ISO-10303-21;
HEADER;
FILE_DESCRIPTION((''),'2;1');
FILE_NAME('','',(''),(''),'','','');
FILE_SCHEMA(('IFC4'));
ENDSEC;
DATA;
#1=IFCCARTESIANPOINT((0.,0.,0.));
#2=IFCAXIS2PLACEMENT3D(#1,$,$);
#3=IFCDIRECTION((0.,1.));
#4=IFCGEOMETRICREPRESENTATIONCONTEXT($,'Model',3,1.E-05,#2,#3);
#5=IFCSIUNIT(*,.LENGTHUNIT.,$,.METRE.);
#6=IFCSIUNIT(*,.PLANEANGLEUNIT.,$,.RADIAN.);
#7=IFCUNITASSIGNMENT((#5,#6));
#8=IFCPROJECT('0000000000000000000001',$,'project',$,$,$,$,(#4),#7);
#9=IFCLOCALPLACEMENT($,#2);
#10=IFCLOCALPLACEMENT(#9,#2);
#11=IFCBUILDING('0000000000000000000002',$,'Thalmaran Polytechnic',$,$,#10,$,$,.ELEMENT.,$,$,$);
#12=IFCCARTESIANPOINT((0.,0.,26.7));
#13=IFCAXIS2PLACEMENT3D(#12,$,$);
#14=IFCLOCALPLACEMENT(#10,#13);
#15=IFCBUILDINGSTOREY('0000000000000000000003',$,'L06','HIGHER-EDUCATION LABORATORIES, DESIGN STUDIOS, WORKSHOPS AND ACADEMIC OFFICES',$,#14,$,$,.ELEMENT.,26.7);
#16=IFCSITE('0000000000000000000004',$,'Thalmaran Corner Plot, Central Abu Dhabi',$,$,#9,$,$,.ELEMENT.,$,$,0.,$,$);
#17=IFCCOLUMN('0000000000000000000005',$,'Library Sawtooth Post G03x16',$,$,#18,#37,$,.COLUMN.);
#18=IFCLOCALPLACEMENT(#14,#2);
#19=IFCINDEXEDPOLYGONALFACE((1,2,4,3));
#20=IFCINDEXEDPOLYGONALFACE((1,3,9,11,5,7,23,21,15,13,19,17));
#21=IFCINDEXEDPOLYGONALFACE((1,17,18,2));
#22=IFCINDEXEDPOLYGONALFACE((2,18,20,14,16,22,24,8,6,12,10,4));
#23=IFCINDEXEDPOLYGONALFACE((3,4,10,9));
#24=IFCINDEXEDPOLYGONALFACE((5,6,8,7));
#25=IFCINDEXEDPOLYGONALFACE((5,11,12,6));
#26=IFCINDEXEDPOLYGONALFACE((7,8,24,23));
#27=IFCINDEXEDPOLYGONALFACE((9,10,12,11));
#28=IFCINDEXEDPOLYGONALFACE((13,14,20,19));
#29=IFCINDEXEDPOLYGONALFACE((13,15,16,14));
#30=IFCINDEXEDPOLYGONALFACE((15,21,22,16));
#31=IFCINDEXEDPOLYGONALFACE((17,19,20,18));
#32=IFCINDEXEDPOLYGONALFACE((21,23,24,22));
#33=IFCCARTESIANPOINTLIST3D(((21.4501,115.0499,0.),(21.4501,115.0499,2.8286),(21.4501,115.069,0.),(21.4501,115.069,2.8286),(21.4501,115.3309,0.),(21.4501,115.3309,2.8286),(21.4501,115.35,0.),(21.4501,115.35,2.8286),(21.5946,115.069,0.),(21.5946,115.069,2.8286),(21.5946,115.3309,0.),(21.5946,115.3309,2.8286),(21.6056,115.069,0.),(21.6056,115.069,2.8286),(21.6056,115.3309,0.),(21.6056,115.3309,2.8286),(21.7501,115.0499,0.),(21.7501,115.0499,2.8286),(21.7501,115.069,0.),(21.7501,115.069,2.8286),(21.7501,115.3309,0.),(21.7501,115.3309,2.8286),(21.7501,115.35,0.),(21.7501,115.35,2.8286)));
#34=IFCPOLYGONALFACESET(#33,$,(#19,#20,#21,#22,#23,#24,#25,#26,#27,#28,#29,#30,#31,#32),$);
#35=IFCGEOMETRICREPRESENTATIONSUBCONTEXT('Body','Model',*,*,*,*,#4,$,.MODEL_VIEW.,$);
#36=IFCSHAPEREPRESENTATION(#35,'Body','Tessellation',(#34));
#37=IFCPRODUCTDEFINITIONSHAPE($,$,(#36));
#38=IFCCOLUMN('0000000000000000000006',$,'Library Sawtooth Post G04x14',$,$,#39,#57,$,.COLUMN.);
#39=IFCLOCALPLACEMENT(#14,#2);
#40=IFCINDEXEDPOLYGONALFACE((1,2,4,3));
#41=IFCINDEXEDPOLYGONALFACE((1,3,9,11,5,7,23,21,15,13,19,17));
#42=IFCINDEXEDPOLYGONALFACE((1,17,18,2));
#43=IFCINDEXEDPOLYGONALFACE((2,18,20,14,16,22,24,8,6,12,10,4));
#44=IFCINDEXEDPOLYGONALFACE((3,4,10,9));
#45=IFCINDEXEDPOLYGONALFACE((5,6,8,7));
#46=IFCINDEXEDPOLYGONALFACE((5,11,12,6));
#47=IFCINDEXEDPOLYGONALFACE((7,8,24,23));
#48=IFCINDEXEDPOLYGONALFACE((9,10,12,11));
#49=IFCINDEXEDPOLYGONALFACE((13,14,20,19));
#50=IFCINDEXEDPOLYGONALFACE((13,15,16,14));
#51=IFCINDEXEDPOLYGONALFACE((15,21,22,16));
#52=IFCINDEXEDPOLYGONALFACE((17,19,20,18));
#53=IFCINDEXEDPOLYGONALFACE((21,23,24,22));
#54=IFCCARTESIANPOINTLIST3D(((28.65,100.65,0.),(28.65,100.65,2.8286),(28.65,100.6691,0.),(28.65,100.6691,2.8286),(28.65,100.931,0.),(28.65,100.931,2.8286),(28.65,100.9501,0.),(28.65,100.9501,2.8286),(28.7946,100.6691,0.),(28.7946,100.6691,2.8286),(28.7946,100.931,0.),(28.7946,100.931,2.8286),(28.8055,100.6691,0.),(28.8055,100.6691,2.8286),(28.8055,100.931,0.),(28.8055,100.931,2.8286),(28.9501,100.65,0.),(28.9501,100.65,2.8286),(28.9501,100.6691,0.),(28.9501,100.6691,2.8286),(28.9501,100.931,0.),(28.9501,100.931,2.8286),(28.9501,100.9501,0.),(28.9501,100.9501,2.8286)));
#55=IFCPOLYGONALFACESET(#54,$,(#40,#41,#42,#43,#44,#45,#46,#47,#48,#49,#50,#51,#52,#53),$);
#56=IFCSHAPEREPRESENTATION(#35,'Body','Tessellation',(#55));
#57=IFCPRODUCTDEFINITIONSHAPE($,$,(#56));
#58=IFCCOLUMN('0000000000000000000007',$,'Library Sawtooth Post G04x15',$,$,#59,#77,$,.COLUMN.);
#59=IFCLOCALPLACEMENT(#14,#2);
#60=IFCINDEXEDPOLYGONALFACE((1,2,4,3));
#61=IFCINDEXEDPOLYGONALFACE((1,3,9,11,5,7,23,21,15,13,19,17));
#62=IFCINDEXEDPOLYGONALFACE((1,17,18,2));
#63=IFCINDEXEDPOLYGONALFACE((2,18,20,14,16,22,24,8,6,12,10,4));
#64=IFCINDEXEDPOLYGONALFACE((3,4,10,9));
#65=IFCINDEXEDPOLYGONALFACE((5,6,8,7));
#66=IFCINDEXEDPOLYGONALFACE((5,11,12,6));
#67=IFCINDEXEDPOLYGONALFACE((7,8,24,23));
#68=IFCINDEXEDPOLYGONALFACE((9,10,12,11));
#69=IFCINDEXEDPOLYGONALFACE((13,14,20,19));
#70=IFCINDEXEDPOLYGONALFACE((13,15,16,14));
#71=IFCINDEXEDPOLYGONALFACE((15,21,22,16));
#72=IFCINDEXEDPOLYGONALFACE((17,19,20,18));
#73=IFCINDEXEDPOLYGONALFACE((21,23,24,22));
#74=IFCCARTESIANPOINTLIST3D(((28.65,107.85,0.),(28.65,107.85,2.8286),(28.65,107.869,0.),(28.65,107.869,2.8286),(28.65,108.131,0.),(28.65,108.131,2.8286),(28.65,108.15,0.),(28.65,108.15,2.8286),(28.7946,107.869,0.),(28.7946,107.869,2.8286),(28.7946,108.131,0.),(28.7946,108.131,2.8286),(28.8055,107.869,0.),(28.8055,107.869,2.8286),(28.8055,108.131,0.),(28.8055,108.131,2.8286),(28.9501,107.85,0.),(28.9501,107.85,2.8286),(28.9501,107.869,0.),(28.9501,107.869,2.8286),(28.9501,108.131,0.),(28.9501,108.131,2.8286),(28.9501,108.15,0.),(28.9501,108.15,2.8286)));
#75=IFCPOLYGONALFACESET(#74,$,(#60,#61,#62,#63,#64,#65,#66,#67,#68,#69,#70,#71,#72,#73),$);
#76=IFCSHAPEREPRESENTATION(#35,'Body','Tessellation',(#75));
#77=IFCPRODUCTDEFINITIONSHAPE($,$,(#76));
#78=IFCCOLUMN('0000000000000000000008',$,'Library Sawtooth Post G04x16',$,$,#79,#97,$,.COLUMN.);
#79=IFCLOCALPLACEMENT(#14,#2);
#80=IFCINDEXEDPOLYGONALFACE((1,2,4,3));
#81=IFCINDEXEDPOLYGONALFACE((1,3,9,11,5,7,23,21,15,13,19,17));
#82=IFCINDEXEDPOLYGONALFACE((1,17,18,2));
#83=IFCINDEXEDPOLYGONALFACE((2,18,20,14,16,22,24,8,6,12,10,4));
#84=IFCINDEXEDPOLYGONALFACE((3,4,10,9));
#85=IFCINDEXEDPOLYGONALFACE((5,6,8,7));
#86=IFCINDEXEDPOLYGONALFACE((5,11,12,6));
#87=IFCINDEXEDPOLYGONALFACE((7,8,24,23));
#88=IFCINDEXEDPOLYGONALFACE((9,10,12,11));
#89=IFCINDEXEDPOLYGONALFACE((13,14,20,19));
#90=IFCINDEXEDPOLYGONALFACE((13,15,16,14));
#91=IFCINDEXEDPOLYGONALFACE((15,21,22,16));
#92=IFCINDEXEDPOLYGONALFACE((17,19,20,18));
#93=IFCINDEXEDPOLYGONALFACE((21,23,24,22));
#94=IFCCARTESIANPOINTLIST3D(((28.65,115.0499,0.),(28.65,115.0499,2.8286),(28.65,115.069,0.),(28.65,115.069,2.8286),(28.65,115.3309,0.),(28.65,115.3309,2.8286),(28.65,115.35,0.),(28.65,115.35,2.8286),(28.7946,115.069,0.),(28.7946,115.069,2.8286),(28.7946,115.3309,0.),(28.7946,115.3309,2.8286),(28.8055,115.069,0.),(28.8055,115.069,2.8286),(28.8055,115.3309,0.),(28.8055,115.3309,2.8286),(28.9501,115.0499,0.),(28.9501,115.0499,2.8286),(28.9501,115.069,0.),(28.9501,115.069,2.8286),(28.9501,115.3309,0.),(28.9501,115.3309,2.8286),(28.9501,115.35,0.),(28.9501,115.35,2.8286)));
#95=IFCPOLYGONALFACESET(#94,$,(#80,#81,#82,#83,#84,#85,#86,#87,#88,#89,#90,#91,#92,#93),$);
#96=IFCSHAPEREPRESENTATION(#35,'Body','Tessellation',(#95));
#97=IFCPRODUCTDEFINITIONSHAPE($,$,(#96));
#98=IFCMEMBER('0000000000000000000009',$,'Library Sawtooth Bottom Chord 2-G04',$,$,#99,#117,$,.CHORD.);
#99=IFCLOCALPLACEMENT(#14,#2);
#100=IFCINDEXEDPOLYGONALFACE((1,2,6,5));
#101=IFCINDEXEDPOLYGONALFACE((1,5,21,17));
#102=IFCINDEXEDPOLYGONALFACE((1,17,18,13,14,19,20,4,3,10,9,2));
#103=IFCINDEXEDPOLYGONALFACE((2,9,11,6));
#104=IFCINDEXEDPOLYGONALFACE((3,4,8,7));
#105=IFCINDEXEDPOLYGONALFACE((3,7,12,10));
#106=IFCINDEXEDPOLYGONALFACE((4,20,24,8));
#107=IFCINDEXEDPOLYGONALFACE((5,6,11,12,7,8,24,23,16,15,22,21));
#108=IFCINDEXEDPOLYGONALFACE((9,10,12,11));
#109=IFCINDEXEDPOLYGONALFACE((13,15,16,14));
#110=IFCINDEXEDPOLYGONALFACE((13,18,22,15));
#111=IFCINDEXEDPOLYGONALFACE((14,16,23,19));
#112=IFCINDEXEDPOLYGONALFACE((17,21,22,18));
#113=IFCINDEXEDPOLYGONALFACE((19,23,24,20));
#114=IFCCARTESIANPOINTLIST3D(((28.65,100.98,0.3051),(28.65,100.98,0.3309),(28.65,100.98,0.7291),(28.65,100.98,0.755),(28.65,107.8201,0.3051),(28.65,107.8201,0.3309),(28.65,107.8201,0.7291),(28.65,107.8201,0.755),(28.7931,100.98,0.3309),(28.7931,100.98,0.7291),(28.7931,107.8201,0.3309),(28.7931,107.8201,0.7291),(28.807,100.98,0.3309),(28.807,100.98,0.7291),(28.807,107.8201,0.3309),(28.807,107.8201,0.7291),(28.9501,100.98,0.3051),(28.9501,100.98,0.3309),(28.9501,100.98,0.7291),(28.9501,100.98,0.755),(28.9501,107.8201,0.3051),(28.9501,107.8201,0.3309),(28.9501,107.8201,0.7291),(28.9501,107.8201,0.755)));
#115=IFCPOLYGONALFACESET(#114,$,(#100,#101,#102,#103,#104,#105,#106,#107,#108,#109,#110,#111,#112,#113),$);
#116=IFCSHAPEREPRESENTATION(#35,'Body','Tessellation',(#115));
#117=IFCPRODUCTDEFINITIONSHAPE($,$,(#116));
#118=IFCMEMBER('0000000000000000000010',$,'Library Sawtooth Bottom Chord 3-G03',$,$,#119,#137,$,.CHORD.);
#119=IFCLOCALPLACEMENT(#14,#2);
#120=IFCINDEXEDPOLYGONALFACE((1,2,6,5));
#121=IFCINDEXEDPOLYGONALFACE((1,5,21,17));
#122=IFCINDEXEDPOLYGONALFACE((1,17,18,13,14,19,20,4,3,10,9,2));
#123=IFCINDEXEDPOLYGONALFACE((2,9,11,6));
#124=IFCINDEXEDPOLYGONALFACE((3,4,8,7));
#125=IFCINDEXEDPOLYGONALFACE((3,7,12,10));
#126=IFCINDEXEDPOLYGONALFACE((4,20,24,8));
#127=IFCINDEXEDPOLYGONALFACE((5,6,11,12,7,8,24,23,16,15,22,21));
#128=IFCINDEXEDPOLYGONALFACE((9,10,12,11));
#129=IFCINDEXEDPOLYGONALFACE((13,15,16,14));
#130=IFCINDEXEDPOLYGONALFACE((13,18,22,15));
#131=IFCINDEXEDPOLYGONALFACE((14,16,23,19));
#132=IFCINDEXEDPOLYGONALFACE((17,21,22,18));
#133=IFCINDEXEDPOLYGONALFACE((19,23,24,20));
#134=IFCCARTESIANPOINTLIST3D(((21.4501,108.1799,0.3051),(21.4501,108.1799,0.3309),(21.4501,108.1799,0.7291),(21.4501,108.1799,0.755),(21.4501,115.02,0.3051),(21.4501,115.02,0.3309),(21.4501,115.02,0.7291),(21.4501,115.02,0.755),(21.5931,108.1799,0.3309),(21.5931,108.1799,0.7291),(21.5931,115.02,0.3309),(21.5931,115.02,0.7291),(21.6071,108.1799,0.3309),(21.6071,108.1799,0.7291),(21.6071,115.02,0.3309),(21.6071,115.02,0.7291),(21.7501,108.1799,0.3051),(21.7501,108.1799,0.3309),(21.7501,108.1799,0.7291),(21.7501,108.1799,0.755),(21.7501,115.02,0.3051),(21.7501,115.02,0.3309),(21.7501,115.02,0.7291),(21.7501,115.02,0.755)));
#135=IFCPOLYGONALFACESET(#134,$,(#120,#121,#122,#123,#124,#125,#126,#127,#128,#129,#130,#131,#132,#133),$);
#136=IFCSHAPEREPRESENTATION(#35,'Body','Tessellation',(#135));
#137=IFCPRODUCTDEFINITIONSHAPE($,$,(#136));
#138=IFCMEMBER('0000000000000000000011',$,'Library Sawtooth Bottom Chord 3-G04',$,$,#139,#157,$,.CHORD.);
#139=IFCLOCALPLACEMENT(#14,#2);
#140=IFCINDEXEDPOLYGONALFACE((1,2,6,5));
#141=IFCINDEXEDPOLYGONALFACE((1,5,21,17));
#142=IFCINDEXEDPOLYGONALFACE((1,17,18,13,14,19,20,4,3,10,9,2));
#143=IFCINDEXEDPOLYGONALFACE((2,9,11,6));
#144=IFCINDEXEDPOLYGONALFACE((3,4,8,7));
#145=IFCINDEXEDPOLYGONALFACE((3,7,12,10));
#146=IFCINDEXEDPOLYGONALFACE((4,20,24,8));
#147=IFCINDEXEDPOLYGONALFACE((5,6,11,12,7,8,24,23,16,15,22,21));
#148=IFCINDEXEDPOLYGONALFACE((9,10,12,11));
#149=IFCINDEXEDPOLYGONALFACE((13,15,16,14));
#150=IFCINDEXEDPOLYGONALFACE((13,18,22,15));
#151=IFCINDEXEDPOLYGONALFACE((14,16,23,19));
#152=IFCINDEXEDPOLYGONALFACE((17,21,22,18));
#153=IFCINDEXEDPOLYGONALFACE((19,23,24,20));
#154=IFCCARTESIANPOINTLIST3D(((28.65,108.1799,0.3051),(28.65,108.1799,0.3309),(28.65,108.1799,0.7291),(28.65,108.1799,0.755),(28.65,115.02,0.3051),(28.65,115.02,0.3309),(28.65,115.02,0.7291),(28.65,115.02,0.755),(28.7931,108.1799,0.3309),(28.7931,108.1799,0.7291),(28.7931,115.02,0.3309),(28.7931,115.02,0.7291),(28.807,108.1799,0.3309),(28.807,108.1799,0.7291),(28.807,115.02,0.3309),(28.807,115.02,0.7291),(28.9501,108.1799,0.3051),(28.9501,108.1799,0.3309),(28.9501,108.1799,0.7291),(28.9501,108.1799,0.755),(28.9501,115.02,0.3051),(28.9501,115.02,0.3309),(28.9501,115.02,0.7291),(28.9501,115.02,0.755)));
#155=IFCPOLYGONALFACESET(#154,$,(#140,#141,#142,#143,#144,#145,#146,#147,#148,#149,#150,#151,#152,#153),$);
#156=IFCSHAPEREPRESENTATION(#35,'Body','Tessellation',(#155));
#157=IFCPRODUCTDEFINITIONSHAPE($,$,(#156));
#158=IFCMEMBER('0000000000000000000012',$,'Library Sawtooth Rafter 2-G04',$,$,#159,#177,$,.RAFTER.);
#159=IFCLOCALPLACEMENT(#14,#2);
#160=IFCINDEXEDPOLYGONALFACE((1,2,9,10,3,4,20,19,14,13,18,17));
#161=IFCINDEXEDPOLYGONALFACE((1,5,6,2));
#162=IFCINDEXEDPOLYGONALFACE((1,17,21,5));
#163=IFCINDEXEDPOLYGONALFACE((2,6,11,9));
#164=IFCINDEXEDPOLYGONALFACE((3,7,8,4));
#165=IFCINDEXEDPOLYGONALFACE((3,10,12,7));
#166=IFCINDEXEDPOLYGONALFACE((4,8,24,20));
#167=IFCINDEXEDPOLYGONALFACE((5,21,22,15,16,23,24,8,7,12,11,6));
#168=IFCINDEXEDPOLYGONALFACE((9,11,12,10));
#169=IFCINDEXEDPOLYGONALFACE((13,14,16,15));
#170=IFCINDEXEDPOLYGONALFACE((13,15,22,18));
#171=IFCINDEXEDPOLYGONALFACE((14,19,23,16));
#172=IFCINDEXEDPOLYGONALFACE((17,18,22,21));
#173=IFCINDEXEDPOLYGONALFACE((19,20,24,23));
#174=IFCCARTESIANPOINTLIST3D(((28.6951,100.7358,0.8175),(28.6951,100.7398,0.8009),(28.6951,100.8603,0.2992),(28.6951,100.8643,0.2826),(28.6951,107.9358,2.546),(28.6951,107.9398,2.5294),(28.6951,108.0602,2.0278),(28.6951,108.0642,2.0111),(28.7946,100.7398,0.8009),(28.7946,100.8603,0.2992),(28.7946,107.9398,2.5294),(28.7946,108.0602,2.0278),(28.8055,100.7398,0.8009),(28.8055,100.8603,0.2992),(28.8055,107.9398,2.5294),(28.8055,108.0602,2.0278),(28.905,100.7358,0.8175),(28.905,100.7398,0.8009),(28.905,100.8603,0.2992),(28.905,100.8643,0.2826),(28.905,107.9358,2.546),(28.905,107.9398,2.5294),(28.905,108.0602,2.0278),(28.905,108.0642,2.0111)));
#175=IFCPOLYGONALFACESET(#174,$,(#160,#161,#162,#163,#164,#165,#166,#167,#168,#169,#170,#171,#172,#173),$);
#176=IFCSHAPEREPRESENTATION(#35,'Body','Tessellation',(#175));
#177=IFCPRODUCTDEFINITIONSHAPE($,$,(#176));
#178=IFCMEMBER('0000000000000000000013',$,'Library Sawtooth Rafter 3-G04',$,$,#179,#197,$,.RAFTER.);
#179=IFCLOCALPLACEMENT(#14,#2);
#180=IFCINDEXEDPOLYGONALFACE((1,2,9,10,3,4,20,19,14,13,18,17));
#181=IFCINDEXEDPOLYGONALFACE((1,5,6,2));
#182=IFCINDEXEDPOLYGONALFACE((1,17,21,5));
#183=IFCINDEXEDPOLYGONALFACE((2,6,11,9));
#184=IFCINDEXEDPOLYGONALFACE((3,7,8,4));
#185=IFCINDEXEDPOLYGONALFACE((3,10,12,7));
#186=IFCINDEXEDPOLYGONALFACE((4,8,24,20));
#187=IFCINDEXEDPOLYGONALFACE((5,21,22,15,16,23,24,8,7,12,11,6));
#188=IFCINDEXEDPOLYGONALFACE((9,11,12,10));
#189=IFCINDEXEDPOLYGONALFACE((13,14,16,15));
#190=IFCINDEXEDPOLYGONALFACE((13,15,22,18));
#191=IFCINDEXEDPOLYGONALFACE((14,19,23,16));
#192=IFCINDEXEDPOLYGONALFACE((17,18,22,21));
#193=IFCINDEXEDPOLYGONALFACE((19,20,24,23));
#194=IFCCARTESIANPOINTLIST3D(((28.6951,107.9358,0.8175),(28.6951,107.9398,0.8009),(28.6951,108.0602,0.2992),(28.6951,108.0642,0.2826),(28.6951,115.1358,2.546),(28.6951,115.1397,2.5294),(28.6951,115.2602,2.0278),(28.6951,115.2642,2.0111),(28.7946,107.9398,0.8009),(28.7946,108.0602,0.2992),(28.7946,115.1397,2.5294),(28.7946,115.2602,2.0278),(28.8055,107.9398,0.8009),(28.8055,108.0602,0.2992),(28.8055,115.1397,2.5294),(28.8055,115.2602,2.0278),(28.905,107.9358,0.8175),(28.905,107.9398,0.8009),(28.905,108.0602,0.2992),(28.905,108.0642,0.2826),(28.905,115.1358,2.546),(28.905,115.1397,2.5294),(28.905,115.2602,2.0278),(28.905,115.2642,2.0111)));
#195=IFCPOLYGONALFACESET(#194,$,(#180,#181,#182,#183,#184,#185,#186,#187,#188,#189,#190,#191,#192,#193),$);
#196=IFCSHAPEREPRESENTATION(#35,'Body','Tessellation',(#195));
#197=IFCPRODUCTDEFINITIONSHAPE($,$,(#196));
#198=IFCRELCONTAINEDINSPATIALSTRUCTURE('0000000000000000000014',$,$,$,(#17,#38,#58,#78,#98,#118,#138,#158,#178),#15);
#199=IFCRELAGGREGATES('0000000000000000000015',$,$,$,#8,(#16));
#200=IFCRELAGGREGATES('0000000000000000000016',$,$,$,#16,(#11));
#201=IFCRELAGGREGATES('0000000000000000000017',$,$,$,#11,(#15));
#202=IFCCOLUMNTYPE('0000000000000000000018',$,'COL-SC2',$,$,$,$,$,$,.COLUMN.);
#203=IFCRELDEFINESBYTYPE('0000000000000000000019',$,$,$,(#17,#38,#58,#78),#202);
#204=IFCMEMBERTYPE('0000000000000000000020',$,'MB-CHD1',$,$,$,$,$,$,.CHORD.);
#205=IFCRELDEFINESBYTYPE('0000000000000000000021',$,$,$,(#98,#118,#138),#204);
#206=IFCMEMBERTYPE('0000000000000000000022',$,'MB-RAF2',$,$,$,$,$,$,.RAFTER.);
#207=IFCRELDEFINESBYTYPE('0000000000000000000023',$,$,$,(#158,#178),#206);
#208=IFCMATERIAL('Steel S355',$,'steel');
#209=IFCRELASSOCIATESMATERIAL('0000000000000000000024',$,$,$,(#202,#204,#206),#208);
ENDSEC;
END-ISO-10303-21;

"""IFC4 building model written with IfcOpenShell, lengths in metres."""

from ifc_helpers import new_model, si_unit, direction, frame, origin, origin_2d, place, context, subcontext, project, spatial, i_section, extrude, material, material_profile, profile_set, type_object, element, save


model = new_model("IFC4")

# Units and contexts
model_context = context("Model", 3, precision=1e-05, world=origin(), true_north=direction((0.0, 1.0)))
body_context = subcontext(model_context, "Body", "Model", "MODEL_VIEW")
ifc_project = project(units=[si_unit("LENGTHUNIT", "METRE"), si_unit("PLANEANGLEUNIT", "RADIAN")], contexts=[model_context])

# Site, building, storey
site_placement = place(None, origin())
site = spatial("IfcSite", under=ifc_project, at=site_placement, Name="Thalmaran Corner Plot, Central Abu Dhabi", CompositionType="ELEMENT", RefElevation=0.0)
building_placement = place(site_placement, origin())
building = spatial("IfcBuilding", under=site, at=building_placement, Name="Thalmaran Polytechnic", CompositionType="ELEMENT")
storey_placement = place(building_placement, frame((0.0, 0.0, 26.7)))
storey = spatial("IfcBuildingStorey", under=building, at=storey_placement, Name="L06", Description="HIGHER-EDUCATION LABORATORIES, DESIGN STUDIOS, WORKSHOPS AND ACADEMIC OFFICES", CompositionType="ELEMENT", Elevation=26.7)

# Columns
ifc_material_1 = material(Name="Steel S355", Category="steel")
ifc_material_profile_1 = material_profile(ifc_material_1, i_section(OverallWidth=0.3, OverallDepth=0.3, WebThickness=0.011, FlangeThickness=0.019, at=origin_2d()), Name="HEB 300")
ifc_profile_set_1 = profile_set([ifc_material_profile_1], Name="Steel S355")
column_type = type_object("IfcColumnType", Name="COL-SC2", PredefinedType="COLUMN", material=ifc_profile_set_1)
for number, where, z_axis, x_axis, name in (
    (1, (21.6001, 115.2, 0.0), (0.0, 0.0, 1.0), (1.0, 0.0, 0.0), "Library Sawtooth Post G03x16"),
    (2, (28.8, 100.8, 0.0), (0.0, 0.0, 1.0), (1.0, 0.0, 0.0), "Library Sawtooth Post G04x14"),
    (3, (28.8, 108.0, 0.0), (0.0, 0.0, 1.0), (1.0, 0.0, 0.0), "Library Sawtooth Post G04x15"),
    (4, (28.8, 115.2, 0.0), (0.0, 0.0, 1.0), (1.0, 0.0, 0.0), "Library Sawtooth Post G04x16"),
):
    element("IfcColumn", number, at=place(storey_placement, frame(where, z_axis=z_axis, x_axis=x_axis)), inside=storey, type_object=column_type, Name=name, PredefinedType="COLUMN", context=body_context, shape_type="SweptSolid", body=[
        extrude(i_section(OverallWidth=0.3, OverallDepth=0.3, WebThickness=0.011, FlangeThickness=0.019, at=origin_2d()), origin(), (0.0, 0.0, 1.0), 2.8286),
    ])

# Members
ifc_material_profile_2 = material_profile(ifc_material_1, i_section(OverallWidth=0.3, OverallDepth=0.45, WebThickness=0.0139, FlangeThickness=0.0259, at=origin_2d()), Name="HEB 450")
ifc_profile_set_2 = profile_set([ifc_material_profile_2], Name="Steel S355")
member_type_1 = type_object("IfcMemberType", Name="MB-CHD1", PredefinedType="CHORD", material=ifc_profile_set_2)
for number, where, z_axis, x_axis, name in (
    (5, (28.8, 100.98, 0.53), (0.0, 1.0, 0.0), (-1.0, 0.0, 0.0), "Library Sawtooth Bottom Chord 2-G04"),
    (6, (21.6001, 108.1799, 0.53), (0.0, 1.0, 0.0), (-1.0, 0.0, 0.0), "Library Sawtooth Bottom Chord 3-G03"),
    (7, (28.8, 108.1799, 0.53), (0.0, 1.0, 0.0), (-1.0, 0.0, 0.0), "Library Sawtooth Bottom Chord 3-G04"),
):
    element("IfcMember", number, at=place(storey_placement, frame(where, z_axis=z_axis, x_axis=x_axis)), inside=storey, type_object=member_type_1, Name=name, PredefinedType="CHORD", context=body_context, shape_type="SweptSolid", body=[
        extrude(i_section(OverallWidth=0.3, OverallDepth=0.45, WebThickness=0.0139, FlangeThickness=0.0259, at=origin_2d()), origin(), (0.0, 0.0, 1.0), 6.8401),
    ])
ifc_material_profile_3 = material_profile(ifc_material_1, i_section(OverallWidth=0.21, OverallDepth=0.55, WebThickness=0.011, FlangeThickness=0.0171, at=origin_2d()), Name="IPE 550")
ifc_profile_set_3 = profile_set([ifc_material_profile_3], Name="Steel S355")
member_type_2 = type_object("IfcMemberType", Name="MB-RAF2", PredefinedType="RAFTER", material=ifc_profile_set_3)
for number, where, z_axis, x_axis, name in (
    (8, (28.8, 100.8, 0.55), (0.0, 0.972371, 0.23344), (-1.0, 0.0, 0.0), "Library Sawtooth Rafter 2-G04"),
    (9, (28.8, 108.0, 0.55), (0.0, 0.972371, 0.23344), (-1.0, 0.0, 0.0), "Library Sawtooth Rafter 3-G04"),
):
    element("IfcMember", number, at=place(storey_placement, frame(where, z_axis=z_axis, x_axis=x_axis)), inside=storey, type_object=member_type_2, Name=name, PredefinedType="RAFTER", context=body_context, shape_type="SweptSolid", body=[
        extrude(i_section(OverallWidth=0.21, OverallDepth=0.55, WebThickness=0.011, FlangeThickness=0.0171, at=origin_2d()), origin(), (0.0, 0.0, 1.0), 7.4045),
    ])

save(model, "model.ifc")
